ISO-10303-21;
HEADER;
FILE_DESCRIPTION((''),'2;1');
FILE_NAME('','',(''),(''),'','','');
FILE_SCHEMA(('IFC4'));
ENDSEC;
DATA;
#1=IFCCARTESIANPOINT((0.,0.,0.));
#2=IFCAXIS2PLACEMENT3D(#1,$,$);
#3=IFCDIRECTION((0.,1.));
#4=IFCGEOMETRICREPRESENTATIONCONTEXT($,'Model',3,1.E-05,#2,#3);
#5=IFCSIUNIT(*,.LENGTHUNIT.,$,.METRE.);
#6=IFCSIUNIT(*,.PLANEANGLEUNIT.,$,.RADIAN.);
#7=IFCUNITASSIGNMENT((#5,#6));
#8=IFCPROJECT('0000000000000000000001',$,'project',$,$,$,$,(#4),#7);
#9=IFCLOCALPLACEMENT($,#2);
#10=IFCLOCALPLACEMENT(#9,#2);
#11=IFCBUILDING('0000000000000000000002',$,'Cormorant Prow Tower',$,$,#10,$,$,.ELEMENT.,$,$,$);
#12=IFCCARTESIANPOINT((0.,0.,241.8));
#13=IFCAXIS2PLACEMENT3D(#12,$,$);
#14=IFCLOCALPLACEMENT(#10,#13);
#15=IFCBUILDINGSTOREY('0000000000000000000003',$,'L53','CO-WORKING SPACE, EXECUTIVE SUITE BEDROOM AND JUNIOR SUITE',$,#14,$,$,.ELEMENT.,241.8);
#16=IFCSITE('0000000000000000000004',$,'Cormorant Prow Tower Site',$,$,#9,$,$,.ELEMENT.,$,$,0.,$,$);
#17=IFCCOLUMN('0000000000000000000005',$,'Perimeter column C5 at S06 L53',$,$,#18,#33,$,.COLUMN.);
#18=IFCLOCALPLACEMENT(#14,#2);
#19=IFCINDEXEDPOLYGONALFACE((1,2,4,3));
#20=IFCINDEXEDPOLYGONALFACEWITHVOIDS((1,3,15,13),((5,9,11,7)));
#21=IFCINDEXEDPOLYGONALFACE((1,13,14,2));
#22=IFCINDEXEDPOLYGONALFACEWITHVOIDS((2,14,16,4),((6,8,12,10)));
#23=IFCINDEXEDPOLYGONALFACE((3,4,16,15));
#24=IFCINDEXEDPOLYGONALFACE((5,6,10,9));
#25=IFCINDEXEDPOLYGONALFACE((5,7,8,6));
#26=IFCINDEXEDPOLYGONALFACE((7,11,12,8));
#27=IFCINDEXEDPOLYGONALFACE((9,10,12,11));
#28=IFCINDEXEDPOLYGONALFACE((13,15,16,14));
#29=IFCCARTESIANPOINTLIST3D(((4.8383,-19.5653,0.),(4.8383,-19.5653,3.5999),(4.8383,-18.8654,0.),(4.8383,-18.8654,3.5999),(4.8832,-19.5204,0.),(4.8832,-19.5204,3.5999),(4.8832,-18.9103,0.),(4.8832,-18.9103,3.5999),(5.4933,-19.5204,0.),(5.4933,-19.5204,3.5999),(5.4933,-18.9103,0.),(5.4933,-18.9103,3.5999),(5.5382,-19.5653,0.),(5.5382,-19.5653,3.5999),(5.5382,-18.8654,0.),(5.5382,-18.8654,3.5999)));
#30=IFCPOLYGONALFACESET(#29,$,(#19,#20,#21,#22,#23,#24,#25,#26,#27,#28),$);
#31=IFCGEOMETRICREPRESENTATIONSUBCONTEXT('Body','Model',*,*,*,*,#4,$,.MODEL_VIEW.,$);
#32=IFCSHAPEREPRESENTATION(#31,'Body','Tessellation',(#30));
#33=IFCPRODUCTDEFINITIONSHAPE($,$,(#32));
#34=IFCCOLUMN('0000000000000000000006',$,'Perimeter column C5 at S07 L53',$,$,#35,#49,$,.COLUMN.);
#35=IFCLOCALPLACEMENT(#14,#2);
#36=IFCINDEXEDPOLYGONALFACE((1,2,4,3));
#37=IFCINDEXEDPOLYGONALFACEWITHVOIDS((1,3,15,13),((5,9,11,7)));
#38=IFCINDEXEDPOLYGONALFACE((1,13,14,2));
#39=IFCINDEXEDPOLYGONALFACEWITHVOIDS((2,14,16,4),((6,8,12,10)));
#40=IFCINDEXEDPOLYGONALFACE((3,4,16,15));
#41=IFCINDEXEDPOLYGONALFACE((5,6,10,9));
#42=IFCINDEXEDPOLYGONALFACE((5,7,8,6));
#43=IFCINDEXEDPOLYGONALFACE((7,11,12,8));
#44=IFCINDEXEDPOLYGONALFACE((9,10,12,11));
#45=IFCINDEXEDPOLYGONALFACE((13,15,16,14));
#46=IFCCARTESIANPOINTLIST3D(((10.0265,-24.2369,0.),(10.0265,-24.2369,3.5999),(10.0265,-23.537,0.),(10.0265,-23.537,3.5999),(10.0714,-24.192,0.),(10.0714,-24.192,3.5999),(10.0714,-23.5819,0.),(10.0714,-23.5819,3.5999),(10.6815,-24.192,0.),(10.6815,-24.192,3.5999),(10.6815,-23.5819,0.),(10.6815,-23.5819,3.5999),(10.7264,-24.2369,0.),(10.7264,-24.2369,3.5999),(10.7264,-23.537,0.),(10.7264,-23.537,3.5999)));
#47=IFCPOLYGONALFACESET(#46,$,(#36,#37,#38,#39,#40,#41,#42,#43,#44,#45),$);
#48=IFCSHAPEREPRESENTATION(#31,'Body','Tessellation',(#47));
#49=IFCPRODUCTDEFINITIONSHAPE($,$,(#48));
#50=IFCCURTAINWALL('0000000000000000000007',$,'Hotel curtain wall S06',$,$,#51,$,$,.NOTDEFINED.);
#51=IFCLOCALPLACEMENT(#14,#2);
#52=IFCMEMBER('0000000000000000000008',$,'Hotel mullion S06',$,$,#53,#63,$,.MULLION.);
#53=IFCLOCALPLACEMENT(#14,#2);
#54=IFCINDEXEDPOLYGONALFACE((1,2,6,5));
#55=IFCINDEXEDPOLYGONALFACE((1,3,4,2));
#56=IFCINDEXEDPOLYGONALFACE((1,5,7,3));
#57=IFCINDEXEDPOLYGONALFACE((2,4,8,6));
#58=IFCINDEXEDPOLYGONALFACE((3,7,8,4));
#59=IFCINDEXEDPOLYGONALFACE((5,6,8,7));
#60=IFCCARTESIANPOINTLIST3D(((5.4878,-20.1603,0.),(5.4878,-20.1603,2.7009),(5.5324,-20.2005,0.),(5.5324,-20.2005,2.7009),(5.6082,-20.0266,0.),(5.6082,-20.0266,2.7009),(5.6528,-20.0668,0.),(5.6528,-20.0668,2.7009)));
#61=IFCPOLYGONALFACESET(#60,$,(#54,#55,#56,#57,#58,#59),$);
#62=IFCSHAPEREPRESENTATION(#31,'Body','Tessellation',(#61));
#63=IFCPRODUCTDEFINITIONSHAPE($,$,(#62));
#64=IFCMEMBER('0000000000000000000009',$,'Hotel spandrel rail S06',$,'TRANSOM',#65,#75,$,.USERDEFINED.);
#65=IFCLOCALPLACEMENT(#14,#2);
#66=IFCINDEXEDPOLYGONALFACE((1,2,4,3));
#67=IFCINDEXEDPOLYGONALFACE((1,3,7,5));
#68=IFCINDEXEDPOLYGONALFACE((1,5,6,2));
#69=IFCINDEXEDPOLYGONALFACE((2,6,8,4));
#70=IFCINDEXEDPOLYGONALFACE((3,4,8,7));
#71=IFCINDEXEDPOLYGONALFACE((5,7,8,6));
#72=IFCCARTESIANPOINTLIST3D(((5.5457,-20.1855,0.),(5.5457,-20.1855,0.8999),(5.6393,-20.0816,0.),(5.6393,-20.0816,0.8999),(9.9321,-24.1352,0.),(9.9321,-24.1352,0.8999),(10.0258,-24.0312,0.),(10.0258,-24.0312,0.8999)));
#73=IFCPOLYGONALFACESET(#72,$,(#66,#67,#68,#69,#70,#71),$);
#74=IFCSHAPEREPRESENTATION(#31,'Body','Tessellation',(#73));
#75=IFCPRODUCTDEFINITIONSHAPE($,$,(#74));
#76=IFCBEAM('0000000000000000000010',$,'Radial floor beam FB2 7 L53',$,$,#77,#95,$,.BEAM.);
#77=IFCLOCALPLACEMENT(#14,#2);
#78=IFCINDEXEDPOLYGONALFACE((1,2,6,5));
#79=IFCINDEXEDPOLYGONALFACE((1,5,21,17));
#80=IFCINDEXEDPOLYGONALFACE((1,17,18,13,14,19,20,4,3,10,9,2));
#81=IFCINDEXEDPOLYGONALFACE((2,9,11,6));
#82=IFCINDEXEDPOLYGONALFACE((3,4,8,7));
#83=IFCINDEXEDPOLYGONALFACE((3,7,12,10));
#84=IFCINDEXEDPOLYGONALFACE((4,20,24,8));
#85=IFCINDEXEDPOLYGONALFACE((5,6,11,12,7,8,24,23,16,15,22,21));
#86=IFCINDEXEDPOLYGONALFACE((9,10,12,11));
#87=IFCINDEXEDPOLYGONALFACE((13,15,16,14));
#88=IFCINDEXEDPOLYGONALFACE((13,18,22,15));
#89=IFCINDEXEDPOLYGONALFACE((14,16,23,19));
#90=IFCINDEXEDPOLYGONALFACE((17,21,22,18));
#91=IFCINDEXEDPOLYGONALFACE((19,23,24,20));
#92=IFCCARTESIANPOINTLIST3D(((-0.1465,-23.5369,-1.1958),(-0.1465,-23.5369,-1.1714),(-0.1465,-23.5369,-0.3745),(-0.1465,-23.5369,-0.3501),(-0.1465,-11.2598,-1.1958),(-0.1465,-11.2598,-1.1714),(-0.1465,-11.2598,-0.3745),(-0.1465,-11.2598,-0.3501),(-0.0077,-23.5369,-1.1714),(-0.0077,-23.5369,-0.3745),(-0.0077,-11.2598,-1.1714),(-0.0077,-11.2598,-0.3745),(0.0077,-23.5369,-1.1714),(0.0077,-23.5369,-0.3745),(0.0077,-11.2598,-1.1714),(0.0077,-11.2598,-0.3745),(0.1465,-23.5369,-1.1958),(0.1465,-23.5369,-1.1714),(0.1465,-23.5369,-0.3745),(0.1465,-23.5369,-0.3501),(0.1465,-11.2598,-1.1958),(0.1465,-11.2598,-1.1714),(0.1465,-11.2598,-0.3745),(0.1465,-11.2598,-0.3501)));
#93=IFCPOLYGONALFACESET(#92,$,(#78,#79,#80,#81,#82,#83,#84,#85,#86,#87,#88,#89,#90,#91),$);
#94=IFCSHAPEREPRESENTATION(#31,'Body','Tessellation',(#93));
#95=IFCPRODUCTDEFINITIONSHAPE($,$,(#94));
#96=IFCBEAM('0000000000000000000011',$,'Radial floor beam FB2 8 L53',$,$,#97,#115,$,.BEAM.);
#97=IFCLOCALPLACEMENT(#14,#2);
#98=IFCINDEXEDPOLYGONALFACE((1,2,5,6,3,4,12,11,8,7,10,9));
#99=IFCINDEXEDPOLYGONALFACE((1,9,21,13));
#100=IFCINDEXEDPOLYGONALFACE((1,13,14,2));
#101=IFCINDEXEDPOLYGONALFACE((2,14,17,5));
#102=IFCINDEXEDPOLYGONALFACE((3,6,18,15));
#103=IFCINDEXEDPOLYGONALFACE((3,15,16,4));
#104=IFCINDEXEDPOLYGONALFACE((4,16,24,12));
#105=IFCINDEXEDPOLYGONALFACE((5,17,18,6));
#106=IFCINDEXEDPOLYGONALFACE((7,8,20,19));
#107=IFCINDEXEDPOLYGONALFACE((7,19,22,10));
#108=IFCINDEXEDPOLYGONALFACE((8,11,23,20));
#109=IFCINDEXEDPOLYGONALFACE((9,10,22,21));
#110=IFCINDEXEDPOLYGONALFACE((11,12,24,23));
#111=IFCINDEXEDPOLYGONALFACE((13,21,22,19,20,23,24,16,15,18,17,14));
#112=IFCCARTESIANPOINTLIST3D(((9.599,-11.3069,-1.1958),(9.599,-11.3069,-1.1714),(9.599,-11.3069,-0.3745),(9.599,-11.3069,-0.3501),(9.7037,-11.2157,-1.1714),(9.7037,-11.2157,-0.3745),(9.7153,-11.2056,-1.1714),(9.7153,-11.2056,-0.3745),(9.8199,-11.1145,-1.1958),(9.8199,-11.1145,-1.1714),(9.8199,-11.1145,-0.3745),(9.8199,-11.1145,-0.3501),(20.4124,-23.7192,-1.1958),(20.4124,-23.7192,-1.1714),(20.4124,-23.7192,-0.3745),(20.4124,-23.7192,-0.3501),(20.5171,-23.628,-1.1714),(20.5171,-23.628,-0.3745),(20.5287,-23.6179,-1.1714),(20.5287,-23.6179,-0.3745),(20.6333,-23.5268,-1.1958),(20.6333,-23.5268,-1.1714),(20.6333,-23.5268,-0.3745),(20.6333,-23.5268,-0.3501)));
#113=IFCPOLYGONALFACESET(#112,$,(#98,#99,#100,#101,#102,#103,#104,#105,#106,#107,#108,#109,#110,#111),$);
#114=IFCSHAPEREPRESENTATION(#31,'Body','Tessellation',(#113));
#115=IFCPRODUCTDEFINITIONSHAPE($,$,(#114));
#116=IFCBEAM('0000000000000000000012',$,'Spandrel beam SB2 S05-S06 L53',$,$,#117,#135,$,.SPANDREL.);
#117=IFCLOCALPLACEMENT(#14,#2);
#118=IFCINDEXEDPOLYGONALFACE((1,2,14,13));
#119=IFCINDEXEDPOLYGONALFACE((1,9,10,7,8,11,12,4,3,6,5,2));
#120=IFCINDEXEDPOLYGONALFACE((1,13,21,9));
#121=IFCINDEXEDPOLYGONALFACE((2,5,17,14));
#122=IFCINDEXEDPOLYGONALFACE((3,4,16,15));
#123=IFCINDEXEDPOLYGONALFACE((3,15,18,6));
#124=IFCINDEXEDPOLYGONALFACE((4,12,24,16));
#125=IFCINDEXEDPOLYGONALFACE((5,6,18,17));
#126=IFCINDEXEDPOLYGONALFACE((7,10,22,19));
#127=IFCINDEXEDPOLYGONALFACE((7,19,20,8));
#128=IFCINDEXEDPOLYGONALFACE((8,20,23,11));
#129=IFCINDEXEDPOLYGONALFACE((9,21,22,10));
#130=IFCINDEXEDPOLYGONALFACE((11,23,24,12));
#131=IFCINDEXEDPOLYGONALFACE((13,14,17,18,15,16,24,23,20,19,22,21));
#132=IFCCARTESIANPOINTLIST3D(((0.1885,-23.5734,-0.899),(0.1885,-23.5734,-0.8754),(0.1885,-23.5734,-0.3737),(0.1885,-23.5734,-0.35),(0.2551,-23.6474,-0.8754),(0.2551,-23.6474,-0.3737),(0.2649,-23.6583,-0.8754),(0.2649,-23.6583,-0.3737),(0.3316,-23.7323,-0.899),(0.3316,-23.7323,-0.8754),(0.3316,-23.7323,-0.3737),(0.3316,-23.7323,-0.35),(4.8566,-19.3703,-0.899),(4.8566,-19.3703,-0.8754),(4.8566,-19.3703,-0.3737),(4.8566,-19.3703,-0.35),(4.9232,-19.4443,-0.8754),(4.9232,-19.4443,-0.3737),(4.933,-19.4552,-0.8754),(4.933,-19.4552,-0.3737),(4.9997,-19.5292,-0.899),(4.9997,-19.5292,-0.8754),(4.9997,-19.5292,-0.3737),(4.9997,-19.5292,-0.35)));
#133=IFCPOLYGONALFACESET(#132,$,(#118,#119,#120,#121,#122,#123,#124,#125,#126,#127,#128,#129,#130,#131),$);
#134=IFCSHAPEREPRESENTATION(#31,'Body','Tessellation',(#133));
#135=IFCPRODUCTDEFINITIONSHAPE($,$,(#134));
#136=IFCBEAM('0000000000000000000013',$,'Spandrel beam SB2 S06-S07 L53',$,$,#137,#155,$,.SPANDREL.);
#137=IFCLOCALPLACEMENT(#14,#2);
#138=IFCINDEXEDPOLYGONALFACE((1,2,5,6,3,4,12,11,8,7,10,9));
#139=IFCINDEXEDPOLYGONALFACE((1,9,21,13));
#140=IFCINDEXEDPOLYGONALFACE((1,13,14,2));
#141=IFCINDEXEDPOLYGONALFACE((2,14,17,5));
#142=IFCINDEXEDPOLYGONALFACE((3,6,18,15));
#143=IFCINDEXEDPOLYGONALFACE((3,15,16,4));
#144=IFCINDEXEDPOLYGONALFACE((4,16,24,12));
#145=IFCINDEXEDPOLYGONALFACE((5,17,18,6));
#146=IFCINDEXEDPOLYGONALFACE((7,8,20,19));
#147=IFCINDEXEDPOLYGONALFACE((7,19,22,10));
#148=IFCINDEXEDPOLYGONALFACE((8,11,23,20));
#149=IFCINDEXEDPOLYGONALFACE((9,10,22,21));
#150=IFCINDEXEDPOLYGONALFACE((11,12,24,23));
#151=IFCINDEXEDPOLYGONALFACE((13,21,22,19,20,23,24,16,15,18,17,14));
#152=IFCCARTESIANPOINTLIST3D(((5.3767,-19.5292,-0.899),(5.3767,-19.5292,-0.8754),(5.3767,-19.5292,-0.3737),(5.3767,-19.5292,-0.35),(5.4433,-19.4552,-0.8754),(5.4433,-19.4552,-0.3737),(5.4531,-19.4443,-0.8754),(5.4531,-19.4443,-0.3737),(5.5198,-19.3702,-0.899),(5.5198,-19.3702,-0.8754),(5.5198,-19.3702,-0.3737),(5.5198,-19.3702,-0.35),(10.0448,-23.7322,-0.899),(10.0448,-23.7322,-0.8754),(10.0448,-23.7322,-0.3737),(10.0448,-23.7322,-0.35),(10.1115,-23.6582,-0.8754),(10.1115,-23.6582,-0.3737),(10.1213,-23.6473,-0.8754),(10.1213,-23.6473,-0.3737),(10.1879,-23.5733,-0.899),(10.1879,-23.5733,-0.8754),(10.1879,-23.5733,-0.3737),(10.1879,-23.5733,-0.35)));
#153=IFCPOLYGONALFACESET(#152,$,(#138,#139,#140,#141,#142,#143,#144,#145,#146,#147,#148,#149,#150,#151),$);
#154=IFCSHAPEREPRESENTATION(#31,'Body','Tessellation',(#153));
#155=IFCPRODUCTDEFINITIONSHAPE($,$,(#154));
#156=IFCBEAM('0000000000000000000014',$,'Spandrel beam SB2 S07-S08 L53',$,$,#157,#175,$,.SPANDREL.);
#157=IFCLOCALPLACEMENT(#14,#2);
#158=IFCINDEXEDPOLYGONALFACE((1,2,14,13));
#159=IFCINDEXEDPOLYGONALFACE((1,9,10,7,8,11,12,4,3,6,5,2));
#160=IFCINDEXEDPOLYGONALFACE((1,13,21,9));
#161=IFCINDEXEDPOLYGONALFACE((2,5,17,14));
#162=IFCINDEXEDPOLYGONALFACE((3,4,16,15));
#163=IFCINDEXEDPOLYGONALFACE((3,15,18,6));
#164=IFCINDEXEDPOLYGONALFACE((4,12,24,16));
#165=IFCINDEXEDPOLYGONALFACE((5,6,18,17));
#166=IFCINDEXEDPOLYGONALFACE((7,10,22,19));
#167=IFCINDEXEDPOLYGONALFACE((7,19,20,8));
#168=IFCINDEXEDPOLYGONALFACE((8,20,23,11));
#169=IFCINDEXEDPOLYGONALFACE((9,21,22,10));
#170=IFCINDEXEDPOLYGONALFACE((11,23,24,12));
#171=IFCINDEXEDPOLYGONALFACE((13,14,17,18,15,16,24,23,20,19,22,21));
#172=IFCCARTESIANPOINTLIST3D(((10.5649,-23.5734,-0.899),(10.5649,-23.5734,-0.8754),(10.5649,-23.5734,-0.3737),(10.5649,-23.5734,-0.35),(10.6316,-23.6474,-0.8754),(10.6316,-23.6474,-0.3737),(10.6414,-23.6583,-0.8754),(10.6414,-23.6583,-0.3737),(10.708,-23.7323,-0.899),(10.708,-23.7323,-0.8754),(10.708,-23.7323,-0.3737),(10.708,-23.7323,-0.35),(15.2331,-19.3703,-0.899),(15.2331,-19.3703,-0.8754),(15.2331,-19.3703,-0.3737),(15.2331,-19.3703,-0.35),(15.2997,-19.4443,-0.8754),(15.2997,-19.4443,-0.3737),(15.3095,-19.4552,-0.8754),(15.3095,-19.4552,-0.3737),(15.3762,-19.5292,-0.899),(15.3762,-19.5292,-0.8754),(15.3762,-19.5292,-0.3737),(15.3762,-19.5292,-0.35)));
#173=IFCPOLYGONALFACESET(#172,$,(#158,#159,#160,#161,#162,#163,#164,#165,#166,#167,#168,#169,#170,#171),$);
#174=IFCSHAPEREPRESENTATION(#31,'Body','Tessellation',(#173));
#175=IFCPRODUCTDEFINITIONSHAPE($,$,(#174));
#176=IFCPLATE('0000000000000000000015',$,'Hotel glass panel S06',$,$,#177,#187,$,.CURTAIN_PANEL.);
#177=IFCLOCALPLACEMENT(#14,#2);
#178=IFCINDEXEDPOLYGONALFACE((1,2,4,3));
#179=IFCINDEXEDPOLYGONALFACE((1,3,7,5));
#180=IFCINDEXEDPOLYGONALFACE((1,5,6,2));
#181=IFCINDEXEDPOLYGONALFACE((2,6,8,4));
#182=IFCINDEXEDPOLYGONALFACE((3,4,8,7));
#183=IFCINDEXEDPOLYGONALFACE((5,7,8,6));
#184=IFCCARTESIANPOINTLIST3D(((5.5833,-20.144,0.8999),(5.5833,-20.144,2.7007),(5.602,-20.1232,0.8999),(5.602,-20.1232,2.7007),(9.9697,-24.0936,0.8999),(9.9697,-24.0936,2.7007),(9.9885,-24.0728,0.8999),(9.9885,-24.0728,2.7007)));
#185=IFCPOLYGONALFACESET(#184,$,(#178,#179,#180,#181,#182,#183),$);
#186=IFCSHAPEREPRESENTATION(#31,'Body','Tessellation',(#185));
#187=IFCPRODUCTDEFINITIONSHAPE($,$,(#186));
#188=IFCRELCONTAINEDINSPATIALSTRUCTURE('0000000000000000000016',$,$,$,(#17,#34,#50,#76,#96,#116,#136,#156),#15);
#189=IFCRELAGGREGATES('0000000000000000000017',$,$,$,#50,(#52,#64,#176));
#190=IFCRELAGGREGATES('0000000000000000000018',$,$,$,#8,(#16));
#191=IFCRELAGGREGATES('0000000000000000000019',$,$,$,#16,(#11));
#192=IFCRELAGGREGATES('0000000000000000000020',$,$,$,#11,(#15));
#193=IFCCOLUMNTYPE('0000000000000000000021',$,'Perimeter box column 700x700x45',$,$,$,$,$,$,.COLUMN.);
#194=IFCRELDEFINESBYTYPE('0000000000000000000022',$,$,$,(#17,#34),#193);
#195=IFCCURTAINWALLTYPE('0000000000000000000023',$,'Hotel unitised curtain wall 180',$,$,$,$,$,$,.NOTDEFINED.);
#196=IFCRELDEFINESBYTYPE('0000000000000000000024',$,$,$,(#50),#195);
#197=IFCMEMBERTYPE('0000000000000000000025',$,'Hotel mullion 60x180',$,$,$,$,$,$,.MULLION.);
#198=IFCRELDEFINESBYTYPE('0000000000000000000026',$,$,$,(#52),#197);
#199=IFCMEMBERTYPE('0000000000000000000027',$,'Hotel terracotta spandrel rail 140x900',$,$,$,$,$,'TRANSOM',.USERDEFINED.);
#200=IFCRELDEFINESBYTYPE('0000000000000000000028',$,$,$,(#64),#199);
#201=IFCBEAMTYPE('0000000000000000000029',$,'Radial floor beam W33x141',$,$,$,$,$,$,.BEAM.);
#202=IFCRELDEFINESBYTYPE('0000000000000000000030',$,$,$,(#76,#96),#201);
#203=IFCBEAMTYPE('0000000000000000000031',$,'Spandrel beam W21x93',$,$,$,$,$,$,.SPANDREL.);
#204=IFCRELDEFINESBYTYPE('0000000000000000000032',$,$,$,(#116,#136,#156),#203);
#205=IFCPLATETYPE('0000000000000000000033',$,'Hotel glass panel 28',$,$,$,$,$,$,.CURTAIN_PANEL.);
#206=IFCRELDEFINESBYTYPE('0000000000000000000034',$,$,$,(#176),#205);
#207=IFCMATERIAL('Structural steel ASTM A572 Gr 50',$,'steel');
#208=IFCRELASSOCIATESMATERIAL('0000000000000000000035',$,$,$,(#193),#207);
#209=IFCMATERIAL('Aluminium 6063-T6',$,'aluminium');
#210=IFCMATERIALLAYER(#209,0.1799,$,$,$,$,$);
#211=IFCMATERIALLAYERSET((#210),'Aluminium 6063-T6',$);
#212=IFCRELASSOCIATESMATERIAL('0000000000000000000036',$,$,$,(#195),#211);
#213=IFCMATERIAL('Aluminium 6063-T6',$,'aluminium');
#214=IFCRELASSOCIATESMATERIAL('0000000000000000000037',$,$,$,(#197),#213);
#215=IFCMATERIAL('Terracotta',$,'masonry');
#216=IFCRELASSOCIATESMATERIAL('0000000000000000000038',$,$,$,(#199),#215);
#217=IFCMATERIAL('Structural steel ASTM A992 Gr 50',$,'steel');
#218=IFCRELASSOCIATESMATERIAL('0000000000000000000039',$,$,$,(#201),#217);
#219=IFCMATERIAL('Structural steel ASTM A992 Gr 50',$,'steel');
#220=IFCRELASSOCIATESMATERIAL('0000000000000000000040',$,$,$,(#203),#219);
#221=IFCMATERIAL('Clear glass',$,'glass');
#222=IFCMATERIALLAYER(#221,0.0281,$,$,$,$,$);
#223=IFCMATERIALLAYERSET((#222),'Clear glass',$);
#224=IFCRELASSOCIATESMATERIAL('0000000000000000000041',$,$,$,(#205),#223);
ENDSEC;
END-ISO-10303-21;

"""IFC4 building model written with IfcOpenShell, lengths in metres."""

from ifc_helpers import new_model, si_unit, direction, frame, origin, origin_2d, place, context, subcontext, project, spatial, rectangle, hollow_rectangle, i_section, extrude, material, layer, layer_set, material_profile, profile_set, type_object, element, aggregate, save


model = new_model("IFC4")

# Units and contexts
model_context = context("Model", 3, precision=1e-05, world=origin(), true_north=direction((0.0, 1.0)))
body_context = subcontext(model_context, "Body", "Model", "MODEL_VIEW")
ifc_project = project(units=[si_unit("LENGTHUNIT", "METRE"), si_unit("PLANEANGLEUNIT", "RADIAN")], contexts=[model_context])

# Site, building, storey
site_placement = place(None, origin())
site = spatial("IfcSite", under=ifc_project, at=site_placement, Name="Cormorant Prow Tower Site", CompositionType="ELEMENT", RefElevation=0.0)
building_placement = place(site_placement, origin())
building = spatial("IfcBuilding", under=site, at=building_placement, Name="Cormorant Prow Tower", CompositionType="ELEMENT")
storey_placement = place(building_placement, frame((0.0, 0.0, 241.8)))
storey = spatial("IfcBuildingStorey", under=building, at=storey_placement, Name="L53", Description="CO-WORKING SPACE, EXECUTIVE SUITE BEDROOM AND JUNIOR SUITE", CompositionType="ELEMENT", Elevation=241.8)

# Columns
ifc_material_1 = material(Name="Structural steel ASTM A572 Gr 50", Category="steel")
ifc_material_profile_1 = material_profile(ifc_material_1, hollow_rectangle(XDim=0.7, YDim=0.7, WallThickness=0.0449, at=origin_2d()), Name="Box 700x700x45")
ifc_profile_set_1 = profile_set([ifc_material_profile_1], Name="Structural steel ASTM A572 Gr 50")
column_type = type_object("IfcColumnType", Name="Perimeter box column 700x700x45", PredefinedType="COLUMN", material=ifc_profile_set_1)
for number, where, z_axis, x_axis, name in (
    (1, (5.1882, -19.2153, 0.0), (0.0, 0.0, 1.0), (1.0, 0.0, 0.0), "Perimeter column C5 at S06 L53"),
    (2, (10.3765, -23.887, 0.0), (0.0, 0.0, 1.0), (1.0, 0.0, 0.0), "Perimeter column C5 at S07 L53"),
):
    element("IfcColumn", number, at=place(storey_placement, frame(where, z_axis=z_axis, x_axis=x_axis)), inside=storey, type_object=column_type, Name=name, PredefinedType="COLUMN", context=body_context, shape_type="SweptSolid", body=[
        extrude(hollow_rectangle(XDim=0.7, YDim=0.7, WallThickness=0.0449, at=origin_2d()), origin(), (0.0, 0.0, 1.0), 3.5999),
    ])

# Curtain wall, members
ifc_material_2 = material(Name="Aluminium 6063-T6", Category="aluminium")
ifc_layer_1 = layer(ifc_material_2, 0.1799)
ifc_layer_set_1 = layer_set([ifc_layer_1], Name="Aluminium 6063-T6")
curtain_wall_type = type_object("IfcCurtainWallType", Name="Hotel unitised curtain wall 180", PredefinedType="NOTDEFINED", material=ifc_layer_set_1)
curtain_wall_placement = place(storey_placement, origin())
curtain_wall = element("IfcCurtainWall", 3, at=curtain_wall_placement, inside=storey, type_object=curtain_wall_type, Name="Hotel curtain wall S06", PredefinedType="NOTDEFINED")
ifc_material_3 = material(Name="Aluminium 6063-T6", Category="aluminium")
ifc_material_profile_2 = material_profile(ifc_material_3, rectangle(XDim=0.1799, YDim=0.0601, at=origin_2d()), Name="Hotel mullion 60x180")
ifc_profile_set_2 = profile_set([ifc_material_profile_2], Name="Aluminium 6063-T6")
member_type_1 = type_object("IfcMemberType", Name="Hotel mullion 60x180", PredefinedType="MULLION", material=ifc_profile_set_2)
member_1_placement = place(storey_placement, frame((5.5703, -20.1135, 0.0), z_axis=(0.0, 0.0, 1.0), x_axis=(0.669131, 0.743145, 0.0)))
member_1 = element("IfcMember", 4, at=member_1_placement, type_object=member_type_1, Name="Hotel mullion S06", PredefinedType="MULLION", context=body_context, shape_type="SweptSolid", body=[
    extrude(rectangle(XDim=0.1799, YDim=0.0601, at=origin_2d()), origin(), (0.0, 0.0, 1.0), 2.7009),
])
ifc_material_4 = material(Name="Terracotta", Category="masonry")
ifc_material_profile_3 = material_profile(ifc_material_4, rectangle(XDim=0.1399, YDim=0.8999, at=origin_2d()), Name="Hotel terracotta spandrel rail 140x900")
ifc_profile_set_3 = profile_set([ifc_material_profile_3], Name="Terracotta")
member_type_2 = type_object("IfcMemberType", Name="Hotel terracotta spandrel rail 140x900", ElementType="TRANSOM", PredefinedType="USERDEFINED", material=ifc_profile_set_3)
member_2_placement = place(storey_placement, frame((5.5925, -20.1335, 0.45), z_axis=(0.743136, -0.669141, 0.0), x_axis=(0.669141, 0.743136, 0.0)))
member_2 = element("IfcMember", 5, at=member_2_placement, type_object=member_type_2, Name="Hotel spandrel rail S06", ObjectType="TRANSOM", PredefinedType="USERDEFINED", context=body_context, shape_type="SweptSolid", body=[
    extrude(rectangle(XDim=0.1399, YDim=0.8999, at=origin_2d()), origin(), (0.0, 0.0, 1.0), 5.9026),
])

# Beams
ifc_material_5 = material(Name="Structural steel ASTM A992 Gr 50", Category="steel")
ifc_material_profile_4 = material_profile(ifc_material_5, i_section(OverallWidth=0.293, OverallDepth=0.8457, WebThickness=0.0154, FlangeThickness=0.0244, at=origin_2d()), Name="W33x141")
ifc_profile_set_4 = profile_set([ifc_material_profile_4], Name="Structural steel ASTM A992 Gr 50")
beam_type_1 = type_object("IfcBeamType", Name="Radial floor beam W33x141", PredefinedType="BEAM", material=ifc_profile_set_4)
beam_1_placement = place(storey_placement, frame((0.0, -11.2598, -0.7729), z_axis=(0.0, -1.0, 0.0), x_axis=(1.0, 0.0, 0.0)))
element("IfcBeam", 6, at=beam_1_placement, inside=storey, type_object=beam_type_1, Name="Radial floor beam FB2 7 L53", PredefinedType="BEAM", context=body_context, shape_type="SweptSolid", body=[
    extrude(i_section(OverallWidth=0.293, OverallDepth=0.8457, WebThickness=0.0154, FlangeThickness=0.0244, at=origin_2d()), origin(), (0.0, 0.0, 1.0), 12.2771),
])
beam_2_placement = place(storey_placement, frame((9.7095, -11.2107, -0.7729), z_axis=(0.656875, -0.754, 0.0), x_axis=(0.754, 0.656875, 0.0)))
element("IfcBeam", 7, at=beam_2_placement, inside=storey, type_object=beam_type_1, Name="Radial floor beam FB2 8 L53", PredefinedType="BEAM", context=body_context, shape_type="SweptSolid", body=[
    extrude(i_section(OverallWidth=0.293, OverallDepth=0.8457, WebThickness=0.0154, FlangeThickness=0.0244, at=origin_2d()), origin(), (0.0, 0.0, 1.0), 16.4619),
])
ifc_material_6 = material(Name="Structural steel ASTM A992 Gr 50", Category="steel")
ifc_material_profile_5 = material_profile(ifc_material_6, i_section(OverallWidth=0.2139, OverallDepth=0.5491, WebThickness=0.0146, FlangeThickness=0.0237, at=origin_2d()), Name="W21x93")
ifc_profile_set_5 = profile_set([ifc_material_profile_5], Name="Structural steel ASTM A992 Gr 50")
beam_type_2 = type_object("IfcBeamType", Name="Spandrel beam W21x93", PredefinedType="SPANDREL", material=ifc_profile_set_5)
for number, where, z_axis, x_axis, name in (
    (8, (0.26, -23.6528, -0.6245), (0.743157, 0.669117, 0.0), (-0.669117, 0.743157, 0.0), "Spandrel beam SB2 S05-S06 L53"),
    (9, (5.4482, -19.4497, -0.6245), (0.743157, -0.669117, 0.0), (0.669117, 0.743157, 0.0), "Spandrel beam SB2 S06-S07 L53"),
    (10, (10.6365, -23.6528, -0.6245), (0.743157, 0.669117, 0.0), (-0.669117, 0.743157, 0.0), "Spandrel beam SB2 S07-S08 L53"),
):
    element("IfcBeam", number, at=place(storey_placement, frame(where, z_axis=z_axis, x_axis=x_axis)), inside=storey, type_object=beam_type_2, Name=name, PredefinedType="SPANDREL", context=body_context, shape_type="SweptSolid", body=[
        extrude(i_section(OverallWidth=0.2139, OverallDepth=0.5491, WebThickness=0.0146, FlangeThickness=0.0237, at=origin_2d()), origin(), (0.0, 0.0, 1.0), 6.2815),
    ])

# Plate
ifc_material_7 = material(Name="Clear glass", Category="glass")
ifc_layer_2 = layer(ifc_material_7, 0.0281)
ifc_layer_set_2 = layer_set([ifc_layer_2], Name="Clear glass")
plate_type = type_object("IfcPlateType", Name="Hotel glass panel 28", PredefinedType="CURTAIN_PANEL", material=ifc_layer_set_2)
plate_placement = place(storey_placement, frame((7.7859, -22.1084, 0.8999), z_axis=(0.0, 0.0, 1.0), x_axis=(0.743145, -0.669131, 0.0)))
plate = element("IfcPlate", 11, at=plate_placement, type_object=plate_type, Name="Hotel glass panel S06", PredefinedType="CURTAIN_PANEL", context=body_context, shape_type="SweptSolid", body=[
    extrude(rectangle(XDim=5.9026, YDim=0.0281, at=origin_2d()), origin(), (0.0, 0.0, 1.0), 1.8008),
])
aggregate(curtain_wall, [member_1, member_2, plate])

save(model, "model.ifc")
